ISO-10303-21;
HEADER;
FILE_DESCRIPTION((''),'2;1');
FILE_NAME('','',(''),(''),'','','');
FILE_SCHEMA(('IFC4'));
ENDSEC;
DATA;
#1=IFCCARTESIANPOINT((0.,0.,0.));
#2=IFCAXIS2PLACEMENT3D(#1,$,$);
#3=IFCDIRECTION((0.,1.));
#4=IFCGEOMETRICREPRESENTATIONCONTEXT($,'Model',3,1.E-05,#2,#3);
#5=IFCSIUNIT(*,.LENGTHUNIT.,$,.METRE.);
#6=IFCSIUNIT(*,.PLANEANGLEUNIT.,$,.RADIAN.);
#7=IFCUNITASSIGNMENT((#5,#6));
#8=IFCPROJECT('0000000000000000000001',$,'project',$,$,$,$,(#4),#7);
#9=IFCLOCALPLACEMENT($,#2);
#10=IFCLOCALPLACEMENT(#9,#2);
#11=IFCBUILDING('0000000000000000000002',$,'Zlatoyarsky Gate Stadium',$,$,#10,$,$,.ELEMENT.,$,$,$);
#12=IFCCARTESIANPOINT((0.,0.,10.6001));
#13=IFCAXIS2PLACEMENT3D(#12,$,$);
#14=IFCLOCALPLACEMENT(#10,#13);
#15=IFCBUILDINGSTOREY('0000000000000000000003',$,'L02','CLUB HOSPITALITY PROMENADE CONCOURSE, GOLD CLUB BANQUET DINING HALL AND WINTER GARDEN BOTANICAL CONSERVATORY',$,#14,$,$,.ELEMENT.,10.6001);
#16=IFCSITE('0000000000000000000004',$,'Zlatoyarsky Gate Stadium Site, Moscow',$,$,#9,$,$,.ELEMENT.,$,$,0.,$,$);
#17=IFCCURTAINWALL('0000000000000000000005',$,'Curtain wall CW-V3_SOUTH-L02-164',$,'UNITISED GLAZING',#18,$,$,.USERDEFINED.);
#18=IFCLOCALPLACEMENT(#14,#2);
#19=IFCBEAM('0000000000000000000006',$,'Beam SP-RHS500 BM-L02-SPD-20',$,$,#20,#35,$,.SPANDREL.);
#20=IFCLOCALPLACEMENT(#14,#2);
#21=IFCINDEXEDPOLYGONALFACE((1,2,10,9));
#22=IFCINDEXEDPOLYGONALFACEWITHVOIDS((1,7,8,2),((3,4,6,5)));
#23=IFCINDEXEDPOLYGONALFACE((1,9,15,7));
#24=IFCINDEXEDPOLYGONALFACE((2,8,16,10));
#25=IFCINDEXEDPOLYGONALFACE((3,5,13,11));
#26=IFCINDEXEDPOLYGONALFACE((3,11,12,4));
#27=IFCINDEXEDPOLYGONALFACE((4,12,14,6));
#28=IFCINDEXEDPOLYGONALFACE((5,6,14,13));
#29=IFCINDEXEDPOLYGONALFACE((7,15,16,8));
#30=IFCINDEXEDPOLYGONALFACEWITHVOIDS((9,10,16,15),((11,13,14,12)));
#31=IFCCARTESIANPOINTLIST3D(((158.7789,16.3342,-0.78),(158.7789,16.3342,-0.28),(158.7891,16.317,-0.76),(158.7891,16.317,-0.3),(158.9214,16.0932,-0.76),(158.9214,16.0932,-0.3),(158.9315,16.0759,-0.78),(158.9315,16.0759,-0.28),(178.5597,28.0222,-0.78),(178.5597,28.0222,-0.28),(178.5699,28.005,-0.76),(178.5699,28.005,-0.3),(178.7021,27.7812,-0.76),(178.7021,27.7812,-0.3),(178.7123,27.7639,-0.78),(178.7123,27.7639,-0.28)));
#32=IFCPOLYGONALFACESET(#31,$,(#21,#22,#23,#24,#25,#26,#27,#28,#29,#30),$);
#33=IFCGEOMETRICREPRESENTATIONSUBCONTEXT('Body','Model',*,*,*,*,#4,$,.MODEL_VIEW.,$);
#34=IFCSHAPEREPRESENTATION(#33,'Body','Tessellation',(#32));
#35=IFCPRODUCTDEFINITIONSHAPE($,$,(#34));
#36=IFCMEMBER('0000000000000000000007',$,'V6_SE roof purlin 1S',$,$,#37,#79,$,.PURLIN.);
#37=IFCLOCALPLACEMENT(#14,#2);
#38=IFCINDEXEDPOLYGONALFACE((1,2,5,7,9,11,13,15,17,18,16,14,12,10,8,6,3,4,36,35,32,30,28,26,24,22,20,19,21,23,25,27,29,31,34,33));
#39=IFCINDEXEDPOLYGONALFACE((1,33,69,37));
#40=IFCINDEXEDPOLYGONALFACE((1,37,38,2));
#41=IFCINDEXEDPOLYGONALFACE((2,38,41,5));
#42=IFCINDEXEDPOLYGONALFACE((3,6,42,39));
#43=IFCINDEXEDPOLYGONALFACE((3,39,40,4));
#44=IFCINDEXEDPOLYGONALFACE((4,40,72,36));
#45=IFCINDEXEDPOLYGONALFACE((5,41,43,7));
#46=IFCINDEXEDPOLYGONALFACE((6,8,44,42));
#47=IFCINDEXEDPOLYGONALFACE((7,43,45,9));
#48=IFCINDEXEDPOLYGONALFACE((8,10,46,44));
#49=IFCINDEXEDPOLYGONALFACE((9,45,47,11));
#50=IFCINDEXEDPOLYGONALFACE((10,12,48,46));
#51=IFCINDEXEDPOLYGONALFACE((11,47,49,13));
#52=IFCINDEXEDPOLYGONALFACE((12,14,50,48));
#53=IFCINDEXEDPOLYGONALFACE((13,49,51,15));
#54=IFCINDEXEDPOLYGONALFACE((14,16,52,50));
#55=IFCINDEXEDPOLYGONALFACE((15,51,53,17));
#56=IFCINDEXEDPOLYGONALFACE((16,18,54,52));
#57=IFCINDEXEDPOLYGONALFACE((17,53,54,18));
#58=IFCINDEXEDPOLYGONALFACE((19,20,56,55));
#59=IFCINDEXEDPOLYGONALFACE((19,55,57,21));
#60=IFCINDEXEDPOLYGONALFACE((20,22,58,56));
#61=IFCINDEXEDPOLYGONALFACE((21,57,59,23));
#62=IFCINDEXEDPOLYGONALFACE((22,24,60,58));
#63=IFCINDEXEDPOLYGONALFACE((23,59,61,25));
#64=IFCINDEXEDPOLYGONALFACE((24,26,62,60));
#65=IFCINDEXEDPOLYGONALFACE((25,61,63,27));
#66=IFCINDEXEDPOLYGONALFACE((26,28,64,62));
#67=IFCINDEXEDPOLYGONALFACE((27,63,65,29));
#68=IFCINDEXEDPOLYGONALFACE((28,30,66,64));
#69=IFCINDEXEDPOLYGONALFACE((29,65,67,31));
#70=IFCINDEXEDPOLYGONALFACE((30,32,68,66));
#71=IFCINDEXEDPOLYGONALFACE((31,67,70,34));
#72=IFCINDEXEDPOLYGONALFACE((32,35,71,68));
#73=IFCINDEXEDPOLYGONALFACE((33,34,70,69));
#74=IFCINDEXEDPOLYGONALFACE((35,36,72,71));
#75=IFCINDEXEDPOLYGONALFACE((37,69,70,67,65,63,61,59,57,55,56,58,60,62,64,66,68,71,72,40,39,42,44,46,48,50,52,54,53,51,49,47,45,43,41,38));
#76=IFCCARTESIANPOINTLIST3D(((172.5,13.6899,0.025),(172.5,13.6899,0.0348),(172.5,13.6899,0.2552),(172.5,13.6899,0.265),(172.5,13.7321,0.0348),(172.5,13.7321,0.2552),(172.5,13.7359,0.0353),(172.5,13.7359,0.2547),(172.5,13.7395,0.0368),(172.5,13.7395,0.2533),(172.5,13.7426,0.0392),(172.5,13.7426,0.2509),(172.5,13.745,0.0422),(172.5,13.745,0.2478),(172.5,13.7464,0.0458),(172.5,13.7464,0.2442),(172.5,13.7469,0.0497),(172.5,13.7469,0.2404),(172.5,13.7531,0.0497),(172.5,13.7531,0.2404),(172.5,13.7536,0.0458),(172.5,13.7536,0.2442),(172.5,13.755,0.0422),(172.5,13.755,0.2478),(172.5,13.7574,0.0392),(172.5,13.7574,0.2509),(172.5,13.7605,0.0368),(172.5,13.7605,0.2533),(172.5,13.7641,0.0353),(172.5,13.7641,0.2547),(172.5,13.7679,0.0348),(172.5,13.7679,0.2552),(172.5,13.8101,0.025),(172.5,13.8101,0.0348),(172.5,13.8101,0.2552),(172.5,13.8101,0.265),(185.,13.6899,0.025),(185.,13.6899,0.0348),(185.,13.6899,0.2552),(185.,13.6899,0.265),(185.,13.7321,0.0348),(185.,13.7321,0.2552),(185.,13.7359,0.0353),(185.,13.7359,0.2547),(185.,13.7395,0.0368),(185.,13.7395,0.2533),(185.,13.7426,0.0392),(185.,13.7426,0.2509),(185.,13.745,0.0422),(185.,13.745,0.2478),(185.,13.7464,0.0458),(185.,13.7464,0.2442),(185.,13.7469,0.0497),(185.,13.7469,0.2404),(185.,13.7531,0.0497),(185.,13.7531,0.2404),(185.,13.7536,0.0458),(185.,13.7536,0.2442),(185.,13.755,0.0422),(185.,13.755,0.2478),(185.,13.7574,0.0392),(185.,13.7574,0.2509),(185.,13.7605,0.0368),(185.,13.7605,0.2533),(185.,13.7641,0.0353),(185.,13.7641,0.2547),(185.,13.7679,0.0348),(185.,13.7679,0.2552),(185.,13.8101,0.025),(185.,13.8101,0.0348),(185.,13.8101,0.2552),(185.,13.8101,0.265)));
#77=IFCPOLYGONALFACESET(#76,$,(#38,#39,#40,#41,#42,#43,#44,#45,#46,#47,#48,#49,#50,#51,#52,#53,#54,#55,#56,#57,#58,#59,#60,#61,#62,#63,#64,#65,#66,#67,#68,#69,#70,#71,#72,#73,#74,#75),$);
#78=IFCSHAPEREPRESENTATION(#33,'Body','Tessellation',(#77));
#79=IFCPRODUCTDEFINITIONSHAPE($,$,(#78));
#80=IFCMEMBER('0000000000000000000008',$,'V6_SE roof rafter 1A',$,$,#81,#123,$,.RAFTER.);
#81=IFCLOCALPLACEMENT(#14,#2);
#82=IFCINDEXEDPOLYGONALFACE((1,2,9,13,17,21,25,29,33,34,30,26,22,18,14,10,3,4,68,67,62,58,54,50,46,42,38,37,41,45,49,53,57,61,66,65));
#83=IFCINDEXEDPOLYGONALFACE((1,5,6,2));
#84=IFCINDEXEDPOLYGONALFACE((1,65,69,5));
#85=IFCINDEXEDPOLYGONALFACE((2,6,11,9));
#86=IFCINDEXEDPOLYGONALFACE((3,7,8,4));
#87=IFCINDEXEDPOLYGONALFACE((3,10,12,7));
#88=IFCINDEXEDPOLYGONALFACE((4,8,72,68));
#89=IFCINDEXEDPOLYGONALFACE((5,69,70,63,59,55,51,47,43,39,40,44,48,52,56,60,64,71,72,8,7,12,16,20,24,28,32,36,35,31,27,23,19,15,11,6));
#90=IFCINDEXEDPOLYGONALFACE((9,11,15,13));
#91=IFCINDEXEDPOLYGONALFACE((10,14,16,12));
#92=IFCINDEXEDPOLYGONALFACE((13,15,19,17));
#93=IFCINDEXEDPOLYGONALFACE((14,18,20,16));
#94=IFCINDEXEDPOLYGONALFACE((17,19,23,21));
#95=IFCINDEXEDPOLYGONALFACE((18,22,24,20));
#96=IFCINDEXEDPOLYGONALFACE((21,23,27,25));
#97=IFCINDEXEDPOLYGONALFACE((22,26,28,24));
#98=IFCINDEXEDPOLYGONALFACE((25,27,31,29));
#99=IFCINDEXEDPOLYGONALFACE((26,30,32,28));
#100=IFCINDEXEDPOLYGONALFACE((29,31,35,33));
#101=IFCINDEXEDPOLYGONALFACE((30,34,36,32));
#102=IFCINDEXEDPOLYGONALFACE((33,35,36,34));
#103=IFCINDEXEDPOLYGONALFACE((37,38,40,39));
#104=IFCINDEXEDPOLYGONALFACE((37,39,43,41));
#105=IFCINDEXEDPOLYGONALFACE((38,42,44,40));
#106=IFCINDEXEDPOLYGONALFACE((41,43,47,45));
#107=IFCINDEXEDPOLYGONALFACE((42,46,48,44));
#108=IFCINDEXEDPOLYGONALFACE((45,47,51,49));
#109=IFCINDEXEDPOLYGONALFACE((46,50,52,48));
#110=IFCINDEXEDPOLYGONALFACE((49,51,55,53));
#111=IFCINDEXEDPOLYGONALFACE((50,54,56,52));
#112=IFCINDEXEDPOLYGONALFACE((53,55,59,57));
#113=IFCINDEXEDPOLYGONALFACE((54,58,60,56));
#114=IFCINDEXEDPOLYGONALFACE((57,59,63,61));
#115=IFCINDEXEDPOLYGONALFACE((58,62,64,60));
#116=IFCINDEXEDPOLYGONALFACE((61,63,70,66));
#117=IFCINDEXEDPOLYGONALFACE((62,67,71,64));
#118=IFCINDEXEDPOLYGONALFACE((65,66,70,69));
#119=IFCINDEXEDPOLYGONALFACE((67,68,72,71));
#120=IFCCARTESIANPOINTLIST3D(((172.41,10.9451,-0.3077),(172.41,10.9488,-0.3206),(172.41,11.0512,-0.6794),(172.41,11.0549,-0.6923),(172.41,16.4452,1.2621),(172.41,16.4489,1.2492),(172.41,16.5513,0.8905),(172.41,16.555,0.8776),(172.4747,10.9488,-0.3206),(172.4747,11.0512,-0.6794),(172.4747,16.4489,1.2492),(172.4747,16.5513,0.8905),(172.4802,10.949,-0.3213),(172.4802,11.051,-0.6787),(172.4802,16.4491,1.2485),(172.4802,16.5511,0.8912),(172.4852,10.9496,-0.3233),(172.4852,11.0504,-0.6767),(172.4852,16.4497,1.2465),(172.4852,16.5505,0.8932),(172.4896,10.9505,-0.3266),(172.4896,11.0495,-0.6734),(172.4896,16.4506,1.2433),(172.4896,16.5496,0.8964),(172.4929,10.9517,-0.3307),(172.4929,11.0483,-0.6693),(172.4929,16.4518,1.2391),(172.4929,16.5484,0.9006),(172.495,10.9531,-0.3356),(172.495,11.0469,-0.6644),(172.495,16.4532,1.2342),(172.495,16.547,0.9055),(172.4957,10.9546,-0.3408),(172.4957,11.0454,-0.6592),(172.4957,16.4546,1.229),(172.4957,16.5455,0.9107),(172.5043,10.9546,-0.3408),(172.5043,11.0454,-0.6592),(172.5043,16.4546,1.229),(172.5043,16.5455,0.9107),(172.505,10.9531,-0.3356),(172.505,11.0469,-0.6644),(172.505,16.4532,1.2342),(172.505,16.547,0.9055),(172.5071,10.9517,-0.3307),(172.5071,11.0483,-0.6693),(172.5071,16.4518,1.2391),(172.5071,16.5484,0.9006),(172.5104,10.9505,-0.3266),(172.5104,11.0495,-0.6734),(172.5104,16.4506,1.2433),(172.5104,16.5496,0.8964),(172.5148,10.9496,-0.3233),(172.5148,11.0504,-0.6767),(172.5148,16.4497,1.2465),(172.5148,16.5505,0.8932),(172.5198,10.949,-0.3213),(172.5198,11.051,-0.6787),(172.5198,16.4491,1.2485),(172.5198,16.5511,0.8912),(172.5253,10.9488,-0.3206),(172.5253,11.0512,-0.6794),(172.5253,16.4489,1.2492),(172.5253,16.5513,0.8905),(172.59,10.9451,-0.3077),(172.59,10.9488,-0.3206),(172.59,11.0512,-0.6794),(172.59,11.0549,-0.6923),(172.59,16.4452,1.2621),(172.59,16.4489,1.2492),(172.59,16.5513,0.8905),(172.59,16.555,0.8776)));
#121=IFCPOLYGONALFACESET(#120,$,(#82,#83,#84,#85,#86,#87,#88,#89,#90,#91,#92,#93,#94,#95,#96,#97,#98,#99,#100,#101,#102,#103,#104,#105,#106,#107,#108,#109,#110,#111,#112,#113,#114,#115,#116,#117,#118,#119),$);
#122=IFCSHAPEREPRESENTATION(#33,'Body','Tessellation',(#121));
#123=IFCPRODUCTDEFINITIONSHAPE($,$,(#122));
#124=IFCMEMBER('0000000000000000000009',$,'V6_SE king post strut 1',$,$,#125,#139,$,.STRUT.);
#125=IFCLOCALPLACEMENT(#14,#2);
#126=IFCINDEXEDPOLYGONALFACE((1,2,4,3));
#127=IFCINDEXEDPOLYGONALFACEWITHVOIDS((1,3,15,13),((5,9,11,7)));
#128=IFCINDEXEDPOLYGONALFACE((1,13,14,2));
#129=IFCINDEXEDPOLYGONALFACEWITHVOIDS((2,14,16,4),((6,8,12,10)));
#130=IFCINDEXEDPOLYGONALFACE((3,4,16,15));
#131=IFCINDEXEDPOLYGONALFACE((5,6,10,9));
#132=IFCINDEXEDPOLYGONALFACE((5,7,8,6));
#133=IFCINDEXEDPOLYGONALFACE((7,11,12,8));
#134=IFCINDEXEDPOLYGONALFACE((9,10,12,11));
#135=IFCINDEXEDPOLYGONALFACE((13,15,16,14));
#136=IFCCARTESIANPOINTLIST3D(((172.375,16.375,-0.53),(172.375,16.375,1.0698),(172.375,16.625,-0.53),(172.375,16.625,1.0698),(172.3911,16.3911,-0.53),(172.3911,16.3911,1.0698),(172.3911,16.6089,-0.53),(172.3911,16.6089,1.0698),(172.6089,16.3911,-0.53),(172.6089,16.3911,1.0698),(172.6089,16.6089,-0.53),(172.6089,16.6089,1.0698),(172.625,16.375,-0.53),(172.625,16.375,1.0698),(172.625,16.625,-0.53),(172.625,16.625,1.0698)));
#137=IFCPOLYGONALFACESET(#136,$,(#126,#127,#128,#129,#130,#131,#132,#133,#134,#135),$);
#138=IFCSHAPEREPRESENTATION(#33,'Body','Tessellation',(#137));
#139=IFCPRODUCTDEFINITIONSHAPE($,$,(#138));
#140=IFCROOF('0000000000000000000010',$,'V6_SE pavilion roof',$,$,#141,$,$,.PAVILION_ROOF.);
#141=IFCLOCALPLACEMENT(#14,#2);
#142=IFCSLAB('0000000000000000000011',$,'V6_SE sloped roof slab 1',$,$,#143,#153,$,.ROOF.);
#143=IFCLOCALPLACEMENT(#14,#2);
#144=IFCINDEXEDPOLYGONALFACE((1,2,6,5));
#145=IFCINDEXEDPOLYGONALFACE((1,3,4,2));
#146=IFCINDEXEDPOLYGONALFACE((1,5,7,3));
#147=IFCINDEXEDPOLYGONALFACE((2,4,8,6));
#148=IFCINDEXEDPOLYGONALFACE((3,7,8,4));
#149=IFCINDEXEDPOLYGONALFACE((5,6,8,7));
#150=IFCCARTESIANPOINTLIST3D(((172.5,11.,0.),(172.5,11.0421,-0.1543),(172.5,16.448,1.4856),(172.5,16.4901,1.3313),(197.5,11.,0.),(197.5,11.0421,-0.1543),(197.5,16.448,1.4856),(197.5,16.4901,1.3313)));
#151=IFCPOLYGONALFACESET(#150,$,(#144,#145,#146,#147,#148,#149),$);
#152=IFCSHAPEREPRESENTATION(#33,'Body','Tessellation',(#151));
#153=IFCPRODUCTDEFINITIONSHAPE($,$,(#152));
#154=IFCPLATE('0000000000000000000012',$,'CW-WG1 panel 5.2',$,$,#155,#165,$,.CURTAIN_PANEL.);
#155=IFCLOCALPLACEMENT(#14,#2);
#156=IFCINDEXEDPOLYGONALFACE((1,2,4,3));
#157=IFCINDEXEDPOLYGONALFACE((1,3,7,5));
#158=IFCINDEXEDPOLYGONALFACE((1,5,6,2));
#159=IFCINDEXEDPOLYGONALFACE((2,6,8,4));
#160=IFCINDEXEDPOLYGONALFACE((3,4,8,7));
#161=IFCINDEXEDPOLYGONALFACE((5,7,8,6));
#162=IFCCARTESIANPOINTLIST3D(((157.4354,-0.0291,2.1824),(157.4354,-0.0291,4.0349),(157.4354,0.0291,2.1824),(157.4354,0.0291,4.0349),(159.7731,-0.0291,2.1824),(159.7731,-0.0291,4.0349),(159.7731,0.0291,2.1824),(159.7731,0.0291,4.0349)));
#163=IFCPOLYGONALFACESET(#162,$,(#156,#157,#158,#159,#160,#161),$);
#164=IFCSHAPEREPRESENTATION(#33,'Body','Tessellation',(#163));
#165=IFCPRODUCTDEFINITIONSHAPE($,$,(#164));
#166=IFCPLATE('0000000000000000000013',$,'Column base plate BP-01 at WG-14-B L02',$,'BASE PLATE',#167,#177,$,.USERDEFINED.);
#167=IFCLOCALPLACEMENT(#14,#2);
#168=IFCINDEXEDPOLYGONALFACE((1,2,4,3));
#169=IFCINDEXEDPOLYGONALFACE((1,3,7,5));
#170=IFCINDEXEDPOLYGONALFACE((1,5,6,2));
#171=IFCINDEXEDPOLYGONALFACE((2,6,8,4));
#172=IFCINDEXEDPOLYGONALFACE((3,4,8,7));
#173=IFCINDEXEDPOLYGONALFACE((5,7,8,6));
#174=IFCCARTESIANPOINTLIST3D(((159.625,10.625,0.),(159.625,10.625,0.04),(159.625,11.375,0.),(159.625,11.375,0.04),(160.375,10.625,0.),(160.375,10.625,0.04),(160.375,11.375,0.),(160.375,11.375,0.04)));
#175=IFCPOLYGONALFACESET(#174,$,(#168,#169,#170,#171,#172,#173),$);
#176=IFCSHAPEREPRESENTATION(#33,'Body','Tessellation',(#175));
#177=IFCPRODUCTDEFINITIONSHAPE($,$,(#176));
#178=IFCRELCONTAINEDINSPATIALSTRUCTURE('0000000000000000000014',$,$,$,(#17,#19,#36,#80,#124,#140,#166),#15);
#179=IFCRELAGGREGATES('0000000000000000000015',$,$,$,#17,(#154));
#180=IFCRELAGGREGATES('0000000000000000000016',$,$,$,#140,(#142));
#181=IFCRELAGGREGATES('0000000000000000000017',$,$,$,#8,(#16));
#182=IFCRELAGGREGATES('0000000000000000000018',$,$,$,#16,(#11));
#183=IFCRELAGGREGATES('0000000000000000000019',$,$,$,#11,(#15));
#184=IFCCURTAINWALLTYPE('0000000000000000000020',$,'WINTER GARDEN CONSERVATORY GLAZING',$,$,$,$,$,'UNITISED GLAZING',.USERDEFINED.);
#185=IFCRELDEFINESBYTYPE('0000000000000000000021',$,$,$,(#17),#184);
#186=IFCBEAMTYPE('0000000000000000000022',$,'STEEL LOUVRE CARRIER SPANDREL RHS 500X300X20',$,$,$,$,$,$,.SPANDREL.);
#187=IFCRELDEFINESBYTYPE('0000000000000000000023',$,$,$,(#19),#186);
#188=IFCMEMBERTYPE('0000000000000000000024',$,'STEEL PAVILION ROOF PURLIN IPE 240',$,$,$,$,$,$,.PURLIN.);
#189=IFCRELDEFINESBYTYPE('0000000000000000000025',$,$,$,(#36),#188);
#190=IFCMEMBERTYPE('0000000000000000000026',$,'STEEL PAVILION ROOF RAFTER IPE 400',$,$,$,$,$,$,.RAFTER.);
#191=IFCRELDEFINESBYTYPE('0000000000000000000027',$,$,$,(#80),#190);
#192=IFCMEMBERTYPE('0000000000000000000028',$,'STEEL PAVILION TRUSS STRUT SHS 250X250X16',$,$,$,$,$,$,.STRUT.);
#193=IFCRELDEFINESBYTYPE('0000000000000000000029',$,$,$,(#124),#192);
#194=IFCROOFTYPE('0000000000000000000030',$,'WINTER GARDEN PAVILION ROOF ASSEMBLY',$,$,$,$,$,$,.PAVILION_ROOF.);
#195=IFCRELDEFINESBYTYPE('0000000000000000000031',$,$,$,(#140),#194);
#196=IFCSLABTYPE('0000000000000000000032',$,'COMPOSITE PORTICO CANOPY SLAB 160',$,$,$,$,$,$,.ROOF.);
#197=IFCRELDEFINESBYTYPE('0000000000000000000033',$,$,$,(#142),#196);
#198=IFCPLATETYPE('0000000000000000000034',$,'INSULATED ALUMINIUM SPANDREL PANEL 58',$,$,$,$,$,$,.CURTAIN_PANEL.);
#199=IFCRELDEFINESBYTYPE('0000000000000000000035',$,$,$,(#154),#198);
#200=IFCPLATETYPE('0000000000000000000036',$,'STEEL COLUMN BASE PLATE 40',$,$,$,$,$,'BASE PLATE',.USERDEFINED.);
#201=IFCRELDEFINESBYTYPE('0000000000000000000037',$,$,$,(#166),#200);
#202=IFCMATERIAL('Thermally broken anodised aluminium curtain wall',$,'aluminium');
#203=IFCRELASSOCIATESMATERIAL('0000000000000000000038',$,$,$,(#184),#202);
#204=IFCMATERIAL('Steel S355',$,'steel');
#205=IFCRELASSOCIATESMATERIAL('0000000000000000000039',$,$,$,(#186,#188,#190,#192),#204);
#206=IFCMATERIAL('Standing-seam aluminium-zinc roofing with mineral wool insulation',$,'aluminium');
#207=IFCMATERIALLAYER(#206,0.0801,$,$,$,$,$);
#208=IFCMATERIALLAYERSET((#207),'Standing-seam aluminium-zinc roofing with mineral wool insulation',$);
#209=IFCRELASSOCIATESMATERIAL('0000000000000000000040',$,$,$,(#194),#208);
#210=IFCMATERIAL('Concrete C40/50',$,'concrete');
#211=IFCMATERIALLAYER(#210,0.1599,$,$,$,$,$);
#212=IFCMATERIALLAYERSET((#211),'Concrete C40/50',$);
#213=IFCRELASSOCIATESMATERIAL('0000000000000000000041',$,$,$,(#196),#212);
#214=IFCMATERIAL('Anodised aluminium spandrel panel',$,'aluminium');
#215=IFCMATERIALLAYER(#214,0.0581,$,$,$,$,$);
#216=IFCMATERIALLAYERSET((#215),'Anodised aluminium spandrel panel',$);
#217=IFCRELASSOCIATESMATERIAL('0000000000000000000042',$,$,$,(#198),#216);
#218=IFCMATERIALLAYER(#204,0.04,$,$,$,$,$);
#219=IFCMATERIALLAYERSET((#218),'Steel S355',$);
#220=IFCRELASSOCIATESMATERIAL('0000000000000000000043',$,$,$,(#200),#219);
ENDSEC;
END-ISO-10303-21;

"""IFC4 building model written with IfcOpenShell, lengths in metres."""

from ifc_helpers import new_model, si_unit, direction, frame, origin, origin_2d, place, context, subcontext, project, spatial, polyline, rectangle, hollow_rectangle, i_section, outline, extrude, material, layer, layer_set, material_profile, profile_set, type_object, element, aggregate, save


model = new_model("IFC4")

# Units and contexts
model_context = context("Model", 3, precision=1e-05, world=origin(), true_north=direction((0.0, 1.0)))
body_context = subcontext(model_context, "Body", "Model", "MODEL_VIEW")
ifc_project = project(units=[si_unit("LENGTHUNIT", "METRE"), si_unit("PLANEANGLEUNIT", "RADIAN")], contexts=[model_context])

# Site, building, storey
site_placement = place(None, origin())
site = spatial("IfcSite", under=ifc_project, at=site_placement, Name="Zlatoyarsky Gate Stadium Site, Moscow", CompositionType="ELEMENT", RefElevation=0.0)
building_placement = place(site_placement, origin())
building = spatial("IfcBuilding", under=site, at=building_placement, Name="Zlatoyarsky Gate Stadium", CompositionType="ELEMENT")
storey_placement = place(building_placement, frame((0.0, 0.0, 10.6001)))
storey = spatial("IfcBuildingStorey", under=building, at=storey_placement, Name="L02", Description="CLUB HOSPITALITY PROMENADE CONCOURSE, GOLD CLUB BANQUET DINING HALL AND WINTER GARDEN BOTANICAL CONSERVATORY", CompositionType="ELEMENT", Elevation=10.6001)

# Shared definitions
ifc_material_1 = material(Name="Steel S355", Category="steel")

# Curtain wall
ifc_material_2 = material(Name="Thermally broken anodised aluminium curtain wall", Category="aluminium")
curtain_wall_type = type_object("IfcCurtainWallType", Name="WINTER GARDEN CONSERVATORY GLAZING", ElementType="UNITISED GLAZING", PredefinedType="USERDEFINED", material=ifc_material_2)
curtain_wall_placement = place(storey_placement, origin())
curtain_wall = element("IfcCurtainWall", 1, at=curtain_wall_placement, inside=storey, type_object=curtain_wall_type, Name="Curtain wall CW-V3_SOUTH-L02-164", ObjectType="UNITISED GLAZING", PredefinedType="USERDEFINED")

# Beam
ifc_material_profile_1 = material_profile(ifc_material_1, hollow_rectangle(XDim=0.3, YDim=0.5, WallThickness=0.02, at=origin_2d()), Name="RHS 500X300X20")
ifc_profile_set_1 = profile_set([ifc_material_profile_1], Name="Steel S355")
beam_type_1 = type_object("IfcBeamType", Name="STEEL LOUVRE CARRIER SPANDREL RHS 500X300X20", PredefinedType="SPANDREL", material=ifc_profile_set_1)
beam_placement = place(storey_placement, frame((158.8552, 16.2051, -0.53), z_axis=(0.860939, 0.508709, 0.0), x_axis=(-0.508709, 0.860939, 0.0)))
element("IfcBeam", 2, at=beam_placement, inside=storey, type_object=beam_type_1, Name="Beam SP-RHS500 BM-L02-SPD-20", PredefinedType="SPANDREL", context=body_context, shape_type="SweptSolid", body=[
    extrude(hollow_rectangle(XDim=0.3, YDim=0.5, WallThickness=0.02, at=origin_2d()), origin(), (0.0, 0.0, 1.0), 22.9758),
])

# Members
ifc_material_profile_2 = material_profile(ifc_material_1, i_section(OverallWidth=0.1201, OverallDepth=0.24, WebThickness=0.0061, FlangeThickness=0.0098, FilletRadius=0.0149, at=origin_2d()), Name="IPE 240")
ifc_profile_set_2 = profile_set([ifc_material_profile_2], Name="Steel S355")
member_type_1 = type_object("IfcMemberType", Name="STEEL PAVILION ROOF PURLIN IPE 240", PredefinedType="PURLIN", material=ifc_profile_set_2)
member_1_placement = place(storey_placement, frame((172.5, 13.75, 0.145), z_axis=(1.0, 0.0, 0.0), x_axis=(0.0, 1.0, 0.0)))
element("IfcMember", 3, at=member_1_placement, inside=storey, type_object=member_type_1, Name="V6_SE roof purlin 1S", PredefinedType="PURLIN", context=body_context, shape_type="SweptSolid", body=[
    extrude(i_section(OverallWidth=0.1201, OverallDepth=0.24, WebThickness=0.0061, FlangeThickness=0.0098, FilletRadius=0.0149, at=origin_2d()), origin(), (0.0, 0.0, 1.0), 12.5),
])
ifc_material_profile_3 = material_profile(ifc_material_1, i_section(OverallWidth=0.1799, OverallDepth=0.3999, WebThickness=0.0085, FlangeThickness=0.0134, FilletRadius=0.021, at=origin_2d()), Name="IPE 400")
ifc_profile_set_3 = profile_set([ifc_material_profile_3], Name="Steel S355")
member_type_2 = type_object("IfcMemberType", Name="STEEL PAVILION ROOF RAFTER IPE 400", PredefinedType="RAFTER", material=ifc_profile_set_3)
member_2_placement = place(storey_placement, frame((172.5, 11.0, -0.5), z_axis=(0.0, 0.961598, 0.274462), x_axis=(-1.0, 0.0, 0.0)))
element("IfcMember", 4, at=member_2_placement, inside=storey, type_object=member_type_2, Name="V6_SE roof rafter 1A", PredefinedType="RAFTER", context=body_context, shape_type="SweptSolid", body=[
    extrude(i_section(OverallWidth=0.1799, OverallDepth=0.3999, WebThickness=0.0085, FlangeThickness=0.0134, FilletRadius=0.021, at=origin_2d()), origin(), (0.0, 0.0, 1.0), 5.7197),
])
ifc_material_profile_4 = material_profile(ifc_material_1, hollow_rectangle(XDim=0.25, YDim=0.25, WallThickness=0.0161, at=origin_2d()), Name="SHS 250X250X16")
ifc_profile_set_4 = profile_set([ifc_material_profile_4], Name="Steel S355")
member_type_3 = type_object("IfcMemberType", Name="STEEL PAVILION TRUSS STRUT SHS 250X250X16", PredefinedType="STRUT", material=ifc_profile_set_4)
member_3_placement = place(storey_placement, frame((172.5, 16.5, -0.53), z_axis=(0.0, 0.0, 1.0), x_axis=(1.0, 0.0, 0.0)))
element("IfcMember", 5, at=member_3_placement, inside=storey, type_object=member_type_3, Name="V6_SE king post strut 1", PredefinedType="STRUT", context=body_context, shape_type="SweptSolid", body=[
    extrude(hollow_rectangle(XDim=0.25, YDim=0.25, WallThickness=0.0161, at=origin_2d()), origin(), (0.0, 0.0, 1.0), 1.5999),
])

# Roof, slab
ifc_material_3 = material(Name="Standing-seam aluminium-zinc roofing with mineral wool insulation", Category="aluminium")
ifc_layer_1 = layer(ifc_material_3, 0.0801)
ifc_layer_set_1 = layer_set([ifc_layer_1], Name="Standing-seam aluminium-zinc roofing with mineral wool insulation")
roof_type = type_object("IfcRoofType", Name="WINTER GARDEN PAVILION ROOF ASSEMBLY", PredefinedType="PAVILION_ROOF", material=ifc_layer_set_1)
roof_placement = place(storey_placement, origin())
roof = element("IfcRoof", 6, at=roof_placement, inside=storey, type_object=roof_type, Name="V6_SE pavilion roof", PredefinedType="PAVILION_ROOF")
ifc_material_4 = material(Name="Concrete C40/50", Category="concrete")
ifc_layer_2 = layer(ifc_material_4, 0.1599)
ifc_layer_set_2 = layer_set([ifc_layer_2], Name="Concrete C40/50")
slab_type = type_object("IfcSlabType", Name="COMPOSITE PORTICO CANOPY SLAB 160", PredefinedType="ROOF", material=ifc_layer_set_2)
slab_placement = place(storey_placement, frame((172.5, 11.0, 0.0), z_axis=(0.0, -0.263081, 0.964774), x_axis=(1.0, 0.0, 0.0)))
slab = element("IfcSlab", 7, at=slab_placement, type_object=slab_type, Name="V6_SE sloped roof slab 1", PredefinedType="ROOF", context=body_context, shape_type="SweptSolid", body=[
    extrude(outline(polyline([(0.0, 0.0), (25.0, 0.0), (25.0, 5.6469), (0.0, 5.6469), (0.0, 0.0)])), origin(), (0.0, 0.0, -1.0), 0.1599),
])

# Plate
ifc_material_5 = material(Name="Anodised aluminium spandrel panel", Category="aluminium")
ifc_layer_3 = layer(ifc_material_5, 0.0581)
ifc_layer_set_3 = layer_set([ifc_layer_3], Name="Anodised aluminium spandrel panel")
plate_type_1 = type_object("IfcPlateType", Name="INSULATED ALUMINIUM SPANDREL PANEL 58", PredefinedType="CURTAIN_PANEL", material=ifc_layer_set_3)
plate_1_placement = place(storey_placement, frame((158.6042, 0.0, 2.1824), z_axis=(0.0, 0.0, 1.0), x_axis=(1.0, 0.0, 0.0)))
plate_1 = element("IfcPlate", 8, at=plate_1_placement, type_object=plate_type_1, Name="CW-WG1 panel 5.2", PredefinedType="CURTAIN_PANEL", context=body_context, shape_type="SweptSolid", body=[
    extrude(rectangle(XDim=2.3376, YDim=0.0581, at=origin_2d()), origin(), (0.0, 0.0, 1.0), 1.8525),
])
aggregate(curtain_wall, [plate_1])

# Plate
ifc_layer_4 = layer(ifc_material_1, 0.04)
ifc_layer_set_4 = layer_set([ifc_layer_4], Name="Steel S355")
plate_type_2 = type_object("IfcPlateType", Name="STEEL COLUMN BASE PLATE 40", ElementType="BASE PLATE", PredefinedType="USERDEFINED", material=ifc_layer_set_4)
plate_2_placement = place(storey_placement, frame((160.0, 11.0, 0.0), z_axis=(0.0, 0.0, 1.0), x_axis=(1.0, 0.0, 0.0)))
element("IfcPlate", 9, at=plate_2_placement, inside=storey, type_object=plate_type_2, Name="Column base plate BP-01 at WG-14-B L02", ObjectType="BASE PLATE", PredefinedType="USERDEFINED", context=body_context, shape_type="SweptSolid", body=[
    extrude(rectangle(XDim=0.75, YDim=0.75, at=origin_2d()), origin(), (0.0, 0.0, 1.0), 0.04),
])

aggregate(roof, [slab])

save(model, "model.ifc")
